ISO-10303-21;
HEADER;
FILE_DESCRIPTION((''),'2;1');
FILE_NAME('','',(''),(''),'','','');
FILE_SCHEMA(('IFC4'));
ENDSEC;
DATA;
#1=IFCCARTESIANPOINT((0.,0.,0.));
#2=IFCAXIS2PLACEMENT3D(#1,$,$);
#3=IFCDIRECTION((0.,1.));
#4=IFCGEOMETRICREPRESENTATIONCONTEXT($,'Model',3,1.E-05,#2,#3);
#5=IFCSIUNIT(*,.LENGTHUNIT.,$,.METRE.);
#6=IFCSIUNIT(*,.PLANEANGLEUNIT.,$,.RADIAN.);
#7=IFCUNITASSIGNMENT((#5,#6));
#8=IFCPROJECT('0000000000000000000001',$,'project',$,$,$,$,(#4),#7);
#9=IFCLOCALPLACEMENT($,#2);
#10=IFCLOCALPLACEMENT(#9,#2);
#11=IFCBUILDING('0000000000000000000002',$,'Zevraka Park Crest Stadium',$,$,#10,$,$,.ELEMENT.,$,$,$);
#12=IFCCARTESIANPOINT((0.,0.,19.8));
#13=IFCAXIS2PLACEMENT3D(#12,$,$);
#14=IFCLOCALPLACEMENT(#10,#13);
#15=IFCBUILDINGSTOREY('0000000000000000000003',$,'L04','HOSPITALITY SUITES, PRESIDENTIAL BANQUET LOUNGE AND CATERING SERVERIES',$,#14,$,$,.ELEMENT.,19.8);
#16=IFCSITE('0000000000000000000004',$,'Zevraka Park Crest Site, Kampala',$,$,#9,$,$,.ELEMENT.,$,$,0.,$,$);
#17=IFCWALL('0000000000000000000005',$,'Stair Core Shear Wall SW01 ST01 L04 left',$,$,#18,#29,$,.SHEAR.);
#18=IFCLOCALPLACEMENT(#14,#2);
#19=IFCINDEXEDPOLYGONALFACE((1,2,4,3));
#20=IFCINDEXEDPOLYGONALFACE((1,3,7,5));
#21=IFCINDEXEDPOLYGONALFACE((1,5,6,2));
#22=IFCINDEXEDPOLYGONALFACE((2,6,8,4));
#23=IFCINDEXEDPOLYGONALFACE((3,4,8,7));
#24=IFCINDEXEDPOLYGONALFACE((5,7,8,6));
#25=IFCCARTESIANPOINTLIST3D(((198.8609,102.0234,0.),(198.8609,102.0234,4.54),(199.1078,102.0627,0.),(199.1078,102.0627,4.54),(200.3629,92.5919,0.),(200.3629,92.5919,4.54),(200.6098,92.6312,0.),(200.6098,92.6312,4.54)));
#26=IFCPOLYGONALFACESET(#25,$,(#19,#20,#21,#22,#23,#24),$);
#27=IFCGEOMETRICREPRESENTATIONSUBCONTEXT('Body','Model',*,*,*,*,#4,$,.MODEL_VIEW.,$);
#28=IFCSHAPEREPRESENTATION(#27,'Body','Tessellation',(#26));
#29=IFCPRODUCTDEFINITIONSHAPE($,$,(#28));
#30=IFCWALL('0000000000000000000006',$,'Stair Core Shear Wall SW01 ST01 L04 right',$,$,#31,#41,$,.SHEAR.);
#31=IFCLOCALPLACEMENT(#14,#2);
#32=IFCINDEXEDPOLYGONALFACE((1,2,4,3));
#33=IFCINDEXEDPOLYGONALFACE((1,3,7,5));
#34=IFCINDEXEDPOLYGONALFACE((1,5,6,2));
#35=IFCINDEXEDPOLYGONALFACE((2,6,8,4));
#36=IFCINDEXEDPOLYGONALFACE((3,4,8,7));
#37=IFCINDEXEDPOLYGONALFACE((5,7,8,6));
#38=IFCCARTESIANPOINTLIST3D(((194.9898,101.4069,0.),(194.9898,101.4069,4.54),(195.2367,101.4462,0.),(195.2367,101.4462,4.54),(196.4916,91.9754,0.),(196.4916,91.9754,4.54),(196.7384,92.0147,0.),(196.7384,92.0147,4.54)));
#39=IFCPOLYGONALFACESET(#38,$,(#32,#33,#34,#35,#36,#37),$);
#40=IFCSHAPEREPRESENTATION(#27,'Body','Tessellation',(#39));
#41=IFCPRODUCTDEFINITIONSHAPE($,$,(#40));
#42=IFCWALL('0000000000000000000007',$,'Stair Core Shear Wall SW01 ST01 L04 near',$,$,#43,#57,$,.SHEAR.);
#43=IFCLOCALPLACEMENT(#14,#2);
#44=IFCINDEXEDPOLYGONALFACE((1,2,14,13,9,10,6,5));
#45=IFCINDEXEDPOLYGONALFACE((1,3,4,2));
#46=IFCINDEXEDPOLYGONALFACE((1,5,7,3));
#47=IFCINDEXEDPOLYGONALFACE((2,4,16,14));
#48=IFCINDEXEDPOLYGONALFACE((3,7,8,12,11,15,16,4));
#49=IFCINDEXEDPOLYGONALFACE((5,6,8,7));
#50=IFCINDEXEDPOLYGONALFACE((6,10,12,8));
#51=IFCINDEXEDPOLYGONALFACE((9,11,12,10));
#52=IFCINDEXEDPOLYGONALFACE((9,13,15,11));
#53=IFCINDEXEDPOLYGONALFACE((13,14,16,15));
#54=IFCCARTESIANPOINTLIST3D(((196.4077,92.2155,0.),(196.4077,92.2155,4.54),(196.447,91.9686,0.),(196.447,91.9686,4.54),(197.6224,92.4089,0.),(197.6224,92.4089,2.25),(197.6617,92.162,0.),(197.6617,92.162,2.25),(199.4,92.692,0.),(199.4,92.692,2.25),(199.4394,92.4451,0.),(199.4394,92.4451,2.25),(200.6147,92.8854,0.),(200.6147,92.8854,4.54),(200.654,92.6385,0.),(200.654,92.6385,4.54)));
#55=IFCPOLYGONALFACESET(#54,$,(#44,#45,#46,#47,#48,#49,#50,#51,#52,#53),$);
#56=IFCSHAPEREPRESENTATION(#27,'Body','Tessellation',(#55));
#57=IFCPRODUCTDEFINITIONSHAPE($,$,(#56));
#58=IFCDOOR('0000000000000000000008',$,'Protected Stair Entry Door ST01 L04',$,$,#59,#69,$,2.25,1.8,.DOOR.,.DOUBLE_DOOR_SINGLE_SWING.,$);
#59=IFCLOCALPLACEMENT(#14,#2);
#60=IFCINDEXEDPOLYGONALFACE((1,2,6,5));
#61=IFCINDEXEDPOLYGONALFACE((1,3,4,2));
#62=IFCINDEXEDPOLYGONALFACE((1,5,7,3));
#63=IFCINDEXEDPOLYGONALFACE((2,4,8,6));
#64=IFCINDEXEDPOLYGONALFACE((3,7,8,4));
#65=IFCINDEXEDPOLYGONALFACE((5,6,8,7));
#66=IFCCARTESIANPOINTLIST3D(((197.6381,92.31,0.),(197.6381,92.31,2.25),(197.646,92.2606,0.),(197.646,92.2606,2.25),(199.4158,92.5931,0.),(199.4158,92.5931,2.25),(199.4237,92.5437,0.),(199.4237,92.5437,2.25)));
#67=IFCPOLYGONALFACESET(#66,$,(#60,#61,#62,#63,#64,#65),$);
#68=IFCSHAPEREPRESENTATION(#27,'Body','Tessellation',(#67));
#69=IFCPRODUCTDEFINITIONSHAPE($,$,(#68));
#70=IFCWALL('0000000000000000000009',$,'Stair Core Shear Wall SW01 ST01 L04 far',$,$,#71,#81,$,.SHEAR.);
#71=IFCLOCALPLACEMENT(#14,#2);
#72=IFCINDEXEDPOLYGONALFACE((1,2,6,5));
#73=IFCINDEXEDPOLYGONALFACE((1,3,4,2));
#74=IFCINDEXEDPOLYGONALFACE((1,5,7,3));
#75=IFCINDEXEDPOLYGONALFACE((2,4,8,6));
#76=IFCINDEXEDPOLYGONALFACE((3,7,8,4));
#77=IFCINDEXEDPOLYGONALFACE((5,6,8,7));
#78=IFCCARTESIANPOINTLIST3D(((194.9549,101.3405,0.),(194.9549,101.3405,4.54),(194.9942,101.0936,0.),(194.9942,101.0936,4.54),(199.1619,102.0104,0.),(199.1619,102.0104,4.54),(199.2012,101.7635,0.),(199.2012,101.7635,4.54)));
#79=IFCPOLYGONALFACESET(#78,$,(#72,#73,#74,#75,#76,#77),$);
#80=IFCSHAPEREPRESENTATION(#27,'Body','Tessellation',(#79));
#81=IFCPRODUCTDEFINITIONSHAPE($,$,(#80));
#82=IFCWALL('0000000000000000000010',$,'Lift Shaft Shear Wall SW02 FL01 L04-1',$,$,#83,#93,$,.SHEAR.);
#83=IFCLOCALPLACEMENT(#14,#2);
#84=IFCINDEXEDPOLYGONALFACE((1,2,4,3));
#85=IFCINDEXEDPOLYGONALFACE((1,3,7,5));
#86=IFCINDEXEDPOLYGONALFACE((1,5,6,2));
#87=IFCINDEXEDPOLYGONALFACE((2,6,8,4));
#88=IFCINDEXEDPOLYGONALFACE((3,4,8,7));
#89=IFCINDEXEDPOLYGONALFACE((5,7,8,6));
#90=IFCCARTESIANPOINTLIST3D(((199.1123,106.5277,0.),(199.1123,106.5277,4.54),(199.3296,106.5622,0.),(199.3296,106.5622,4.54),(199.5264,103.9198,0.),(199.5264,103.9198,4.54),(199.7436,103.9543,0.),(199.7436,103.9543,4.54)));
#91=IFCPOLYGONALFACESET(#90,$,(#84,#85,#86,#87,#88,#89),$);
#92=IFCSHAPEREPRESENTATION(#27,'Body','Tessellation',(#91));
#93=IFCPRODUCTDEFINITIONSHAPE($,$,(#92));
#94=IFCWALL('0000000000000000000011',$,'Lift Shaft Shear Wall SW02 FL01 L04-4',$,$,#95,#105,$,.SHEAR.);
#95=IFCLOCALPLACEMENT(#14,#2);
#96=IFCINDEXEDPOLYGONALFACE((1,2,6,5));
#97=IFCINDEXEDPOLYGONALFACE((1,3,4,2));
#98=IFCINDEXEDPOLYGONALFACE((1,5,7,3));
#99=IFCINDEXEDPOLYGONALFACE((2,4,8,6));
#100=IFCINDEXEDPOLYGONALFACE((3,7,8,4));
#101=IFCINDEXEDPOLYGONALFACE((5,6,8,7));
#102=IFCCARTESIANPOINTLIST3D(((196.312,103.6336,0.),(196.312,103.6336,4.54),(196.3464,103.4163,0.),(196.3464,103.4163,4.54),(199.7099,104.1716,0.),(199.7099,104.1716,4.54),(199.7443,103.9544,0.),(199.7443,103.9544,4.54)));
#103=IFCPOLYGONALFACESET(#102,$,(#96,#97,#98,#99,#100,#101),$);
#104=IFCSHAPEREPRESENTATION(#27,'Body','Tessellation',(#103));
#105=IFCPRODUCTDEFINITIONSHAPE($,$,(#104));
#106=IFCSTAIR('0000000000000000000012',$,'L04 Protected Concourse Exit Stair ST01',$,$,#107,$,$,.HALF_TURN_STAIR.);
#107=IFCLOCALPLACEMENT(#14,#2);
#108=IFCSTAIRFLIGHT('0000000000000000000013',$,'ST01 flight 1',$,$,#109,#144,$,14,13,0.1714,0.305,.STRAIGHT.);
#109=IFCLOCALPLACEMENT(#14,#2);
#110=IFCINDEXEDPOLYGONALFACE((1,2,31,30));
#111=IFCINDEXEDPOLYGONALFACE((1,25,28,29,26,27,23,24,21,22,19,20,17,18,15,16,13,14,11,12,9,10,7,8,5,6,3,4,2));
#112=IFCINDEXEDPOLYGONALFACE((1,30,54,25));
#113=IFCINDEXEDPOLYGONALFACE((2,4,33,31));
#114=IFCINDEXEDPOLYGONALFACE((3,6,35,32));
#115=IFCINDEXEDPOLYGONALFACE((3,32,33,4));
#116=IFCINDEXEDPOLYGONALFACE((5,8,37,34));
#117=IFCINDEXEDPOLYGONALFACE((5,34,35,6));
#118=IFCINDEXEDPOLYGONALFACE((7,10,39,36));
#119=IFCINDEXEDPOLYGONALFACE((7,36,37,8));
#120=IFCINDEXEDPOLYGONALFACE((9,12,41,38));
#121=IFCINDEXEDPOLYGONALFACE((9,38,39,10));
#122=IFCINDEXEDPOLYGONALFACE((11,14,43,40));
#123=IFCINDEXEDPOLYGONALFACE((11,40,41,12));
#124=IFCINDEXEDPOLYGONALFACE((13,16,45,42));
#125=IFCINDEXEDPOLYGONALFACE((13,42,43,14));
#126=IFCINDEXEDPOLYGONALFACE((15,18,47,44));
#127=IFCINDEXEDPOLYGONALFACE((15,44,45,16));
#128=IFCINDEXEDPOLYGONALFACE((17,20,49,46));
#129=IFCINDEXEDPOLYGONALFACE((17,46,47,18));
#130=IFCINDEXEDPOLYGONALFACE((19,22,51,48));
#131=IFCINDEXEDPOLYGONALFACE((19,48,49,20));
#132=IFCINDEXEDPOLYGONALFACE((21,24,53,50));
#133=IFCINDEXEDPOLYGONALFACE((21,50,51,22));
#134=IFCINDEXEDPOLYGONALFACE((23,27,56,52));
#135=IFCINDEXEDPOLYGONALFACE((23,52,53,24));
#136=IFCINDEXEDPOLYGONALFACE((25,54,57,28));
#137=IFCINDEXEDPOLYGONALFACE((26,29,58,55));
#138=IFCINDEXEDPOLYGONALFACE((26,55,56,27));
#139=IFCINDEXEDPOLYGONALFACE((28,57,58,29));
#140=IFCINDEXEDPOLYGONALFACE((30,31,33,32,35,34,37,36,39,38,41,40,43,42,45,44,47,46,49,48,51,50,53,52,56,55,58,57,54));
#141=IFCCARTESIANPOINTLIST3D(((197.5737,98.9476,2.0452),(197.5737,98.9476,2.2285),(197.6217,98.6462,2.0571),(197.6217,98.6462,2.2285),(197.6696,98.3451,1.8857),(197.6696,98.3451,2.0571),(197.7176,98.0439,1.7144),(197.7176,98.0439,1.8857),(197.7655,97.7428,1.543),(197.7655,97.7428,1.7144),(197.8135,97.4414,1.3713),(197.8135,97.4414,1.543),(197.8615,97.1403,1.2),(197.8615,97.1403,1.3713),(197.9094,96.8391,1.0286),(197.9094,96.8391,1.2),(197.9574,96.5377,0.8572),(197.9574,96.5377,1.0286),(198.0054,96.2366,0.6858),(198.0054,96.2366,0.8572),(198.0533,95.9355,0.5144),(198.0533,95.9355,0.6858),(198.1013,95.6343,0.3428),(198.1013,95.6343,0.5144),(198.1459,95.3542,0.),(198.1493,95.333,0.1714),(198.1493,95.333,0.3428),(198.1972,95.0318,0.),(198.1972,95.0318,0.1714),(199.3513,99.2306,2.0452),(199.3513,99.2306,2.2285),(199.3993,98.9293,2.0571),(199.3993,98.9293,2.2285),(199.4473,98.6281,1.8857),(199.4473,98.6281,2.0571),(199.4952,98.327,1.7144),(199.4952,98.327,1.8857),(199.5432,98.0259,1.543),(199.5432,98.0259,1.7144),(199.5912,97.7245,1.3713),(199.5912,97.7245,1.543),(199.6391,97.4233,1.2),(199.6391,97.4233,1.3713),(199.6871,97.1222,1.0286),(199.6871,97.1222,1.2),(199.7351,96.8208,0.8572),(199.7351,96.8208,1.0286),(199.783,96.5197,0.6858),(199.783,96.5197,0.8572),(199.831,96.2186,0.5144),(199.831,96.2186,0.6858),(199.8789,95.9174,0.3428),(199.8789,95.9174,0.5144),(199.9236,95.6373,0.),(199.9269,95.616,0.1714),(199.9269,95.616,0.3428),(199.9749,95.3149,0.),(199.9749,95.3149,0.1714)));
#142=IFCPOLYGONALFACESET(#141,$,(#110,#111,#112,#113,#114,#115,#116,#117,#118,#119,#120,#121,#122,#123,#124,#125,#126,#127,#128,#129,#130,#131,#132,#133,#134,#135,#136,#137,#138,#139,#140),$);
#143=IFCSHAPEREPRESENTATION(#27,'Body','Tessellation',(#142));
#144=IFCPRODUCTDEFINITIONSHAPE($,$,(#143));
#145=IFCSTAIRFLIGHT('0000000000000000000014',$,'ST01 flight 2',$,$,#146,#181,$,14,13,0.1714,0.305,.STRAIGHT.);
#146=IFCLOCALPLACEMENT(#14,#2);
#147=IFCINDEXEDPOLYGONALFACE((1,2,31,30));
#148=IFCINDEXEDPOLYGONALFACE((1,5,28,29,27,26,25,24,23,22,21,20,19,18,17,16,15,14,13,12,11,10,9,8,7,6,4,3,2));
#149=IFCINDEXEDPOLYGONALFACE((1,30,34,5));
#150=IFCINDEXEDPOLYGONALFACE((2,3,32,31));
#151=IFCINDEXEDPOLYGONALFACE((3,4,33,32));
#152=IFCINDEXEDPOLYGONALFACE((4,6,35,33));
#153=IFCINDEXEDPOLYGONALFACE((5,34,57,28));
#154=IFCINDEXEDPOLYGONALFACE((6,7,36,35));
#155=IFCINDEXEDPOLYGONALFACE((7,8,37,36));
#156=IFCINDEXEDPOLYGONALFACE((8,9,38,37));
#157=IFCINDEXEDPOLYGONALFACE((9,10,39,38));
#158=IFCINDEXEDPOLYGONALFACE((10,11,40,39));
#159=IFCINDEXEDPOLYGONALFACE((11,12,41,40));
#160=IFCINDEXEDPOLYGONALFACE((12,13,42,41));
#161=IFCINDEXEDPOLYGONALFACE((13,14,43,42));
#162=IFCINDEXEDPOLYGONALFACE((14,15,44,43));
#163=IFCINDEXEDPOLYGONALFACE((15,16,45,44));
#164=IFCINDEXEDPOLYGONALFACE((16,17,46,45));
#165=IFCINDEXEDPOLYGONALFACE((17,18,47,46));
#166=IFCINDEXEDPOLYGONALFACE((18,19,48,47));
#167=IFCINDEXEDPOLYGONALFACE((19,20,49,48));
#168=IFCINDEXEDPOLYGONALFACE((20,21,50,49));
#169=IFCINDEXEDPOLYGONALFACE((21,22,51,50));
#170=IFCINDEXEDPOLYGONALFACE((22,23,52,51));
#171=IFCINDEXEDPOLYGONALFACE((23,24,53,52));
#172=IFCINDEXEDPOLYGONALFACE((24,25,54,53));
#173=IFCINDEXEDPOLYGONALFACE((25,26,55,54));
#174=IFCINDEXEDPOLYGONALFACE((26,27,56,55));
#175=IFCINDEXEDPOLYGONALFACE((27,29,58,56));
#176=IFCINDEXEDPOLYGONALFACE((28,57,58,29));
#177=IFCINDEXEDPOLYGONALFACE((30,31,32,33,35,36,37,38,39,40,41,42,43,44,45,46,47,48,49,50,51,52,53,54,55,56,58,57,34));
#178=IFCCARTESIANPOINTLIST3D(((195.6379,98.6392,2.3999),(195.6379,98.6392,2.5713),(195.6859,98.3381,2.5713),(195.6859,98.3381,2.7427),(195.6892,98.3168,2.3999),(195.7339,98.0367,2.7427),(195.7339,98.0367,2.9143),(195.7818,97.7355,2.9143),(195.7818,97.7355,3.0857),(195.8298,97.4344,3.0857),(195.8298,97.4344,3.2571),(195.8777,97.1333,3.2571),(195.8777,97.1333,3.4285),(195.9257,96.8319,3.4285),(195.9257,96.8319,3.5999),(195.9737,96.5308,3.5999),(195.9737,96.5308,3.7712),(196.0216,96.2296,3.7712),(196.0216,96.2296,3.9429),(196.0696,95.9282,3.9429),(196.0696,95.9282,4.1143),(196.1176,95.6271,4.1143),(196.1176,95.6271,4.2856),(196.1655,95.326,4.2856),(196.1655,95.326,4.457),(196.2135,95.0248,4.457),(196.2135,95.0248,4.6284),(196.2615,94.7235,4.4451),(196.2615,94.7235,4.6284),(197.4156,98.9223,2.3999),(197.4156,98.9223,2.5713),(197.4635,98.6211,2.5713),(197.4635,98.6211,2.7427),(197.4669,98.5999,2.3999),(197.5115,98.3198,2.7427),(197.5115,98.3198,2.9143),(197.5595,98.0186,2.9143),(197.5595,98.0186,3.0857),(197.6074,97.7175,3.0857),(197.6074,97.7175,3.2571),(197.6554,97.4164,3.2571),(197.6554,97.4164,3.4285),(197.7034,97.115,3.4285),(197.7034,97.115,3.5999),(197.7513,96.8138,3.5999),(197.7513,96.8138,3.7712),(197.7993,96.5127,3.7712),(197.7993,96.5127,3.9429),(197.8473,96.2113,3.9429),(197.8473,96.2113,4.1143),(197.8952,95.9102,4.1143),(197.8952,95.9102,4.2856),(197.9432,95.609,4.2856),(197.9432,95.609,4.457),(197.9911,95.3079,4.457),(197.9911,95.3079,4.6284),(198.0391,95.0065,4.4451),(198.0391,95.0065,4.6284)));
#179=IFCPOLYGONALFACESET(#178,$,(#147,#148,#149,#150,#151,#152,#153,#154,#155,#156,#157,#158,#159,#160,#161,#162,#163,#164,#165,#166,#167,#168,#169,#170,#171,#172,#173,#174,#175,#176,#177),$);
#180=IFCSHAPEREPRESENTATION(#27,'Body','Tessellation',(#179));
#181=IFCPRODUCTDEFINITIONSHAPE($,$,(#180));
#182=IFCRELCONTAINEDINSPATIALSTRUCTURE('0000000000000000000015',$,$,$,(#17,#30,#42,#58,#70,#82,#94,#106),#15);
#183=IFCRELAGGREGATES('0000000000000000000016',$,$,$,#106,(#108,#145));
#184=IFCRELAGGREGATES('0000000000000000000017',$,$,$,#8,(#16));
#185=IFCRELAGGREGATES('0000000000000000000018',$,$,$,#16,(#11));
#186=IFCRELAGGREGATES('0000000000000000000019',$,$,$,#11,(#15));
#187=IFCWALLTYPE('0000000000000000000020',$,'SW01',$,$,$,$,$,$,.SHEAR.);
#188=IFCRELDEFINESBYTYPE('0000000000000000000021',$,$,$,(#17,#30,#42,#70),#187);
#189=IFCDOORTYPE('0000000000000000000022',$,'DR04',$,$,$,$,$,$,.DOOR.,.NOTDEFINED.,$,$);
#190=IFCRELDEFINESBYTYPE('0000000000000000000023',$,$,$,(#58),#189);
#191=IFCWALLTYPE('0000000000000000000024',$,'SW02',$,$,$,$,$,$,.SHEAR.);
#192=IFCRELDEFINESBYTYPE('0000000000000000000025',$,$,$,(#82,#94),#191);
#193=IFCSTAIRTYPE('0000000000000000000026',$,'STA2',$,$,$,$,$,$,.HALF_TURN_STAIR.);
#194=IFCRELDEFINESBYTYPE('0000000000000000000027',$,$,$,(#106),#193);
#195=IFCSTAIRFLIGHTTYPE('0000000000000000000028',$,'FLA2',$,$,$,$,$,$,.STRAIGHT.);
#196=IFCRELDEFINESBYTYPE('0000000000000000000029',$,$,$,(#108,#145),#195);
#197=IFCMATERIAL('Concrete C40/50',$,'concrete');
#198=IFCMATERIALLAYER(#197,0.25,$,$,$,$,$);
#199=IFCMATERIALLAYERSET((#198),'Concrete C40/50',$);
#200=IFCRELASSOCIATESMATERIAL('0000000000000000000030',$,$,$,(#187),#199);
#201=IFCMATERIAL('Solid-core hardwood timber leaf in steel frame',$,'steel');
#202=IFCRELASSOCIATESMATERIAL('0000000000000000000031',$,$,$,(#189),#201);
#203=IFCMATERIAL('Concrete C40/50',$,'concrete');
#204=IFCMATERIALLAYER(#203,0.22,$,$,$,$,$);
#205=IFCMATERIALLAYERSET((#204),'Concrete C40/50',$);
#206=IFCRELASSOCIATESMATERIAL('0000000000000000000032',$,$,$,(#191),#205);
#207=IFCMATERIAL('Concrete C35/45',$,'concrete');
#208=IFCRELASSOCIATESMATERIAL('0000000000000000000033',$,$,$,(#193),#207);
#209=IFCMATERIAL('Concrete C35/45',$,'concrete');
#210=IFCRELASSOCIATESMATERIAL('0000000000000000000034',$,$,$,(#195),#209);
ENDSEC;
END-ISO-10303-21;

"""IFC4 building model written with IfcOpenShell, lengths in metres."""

from ifc_helpers import new_model, si_unit, direction, frame, frame_2d, origin, place, context, subcontext, project, spatial, polyline, rectangle, outline, extrude, material, layer, layer_set, type_object, element, fill, aggregate, save


model = new_model("IFC4")

# Units and contexts
model_context = context("Model", 3, precision=1e-05, world=origin(), true_north=direction((0.0, 1.0)))
body_context = subcontext(model_context, "Body", "Model", "MODEL_VIEW")
ifc_project = project(units=[si_unit("LENGTHUNIT", "METRE"), si_unit("PLANEANGLEUNIT", "RADIAN")], contexts=[model_context])

# Site, building, storey
site_placement = place(None, origin())
site = spatial("IfcSite", under=ifc_project, at=site_placement, Name="Zevraka Park Crest Site, Kampala", CompositionType="ELEMENT", RefElevation=0.0)
building_placement = place(site_placement, origin())
building = spatial("IfcBuilding", under=site, at=building_placement, Name="Zevraka Park Crest Stadium", CompositionType="ELEMENT")
storey_placement = place(building_placement, frame((0.0, 0.0, 19.8)))
storey = spatial("IfcBuildingStorey", under=building, at=storey_placement, Name="L04", Description="HOSPITALITY SUITES, PRESIDENTIAL BANQUET LOUNGE AND CATERING SERVERIES", CompositionType="ELEMENT", Elevation=19.8)

# Walls
ifc_material_1 = material(Name="Concrete C40/50", Category="concrete")
ifc_layer_1 = layer(ifc_material_1, 0.25)
ifc_layer_set_1 = layer_set([ifc_layer_1], Name="Concrete C40/50")
wall_type_1 = type_object("IfcWallType", Name="SW01", PredefinedType="SHEAR", material=ifc_layer_set_1)
for number, where, z_axis, x_axis, name in (
    (1, (200.4863, 92.6116, 0.0), (0.0, 0.0, 1.0), (-0.157269, 0.987556, 0.0), "Stair Core Shear Wall SW01 ST01 L04 left"),
    (2, (195.1133, 101.4265, 0.0), (0.0, 0.0, 1.0), (0.157244, -0.98756, 0.0), "Stair Core Shear Wall SW01 ST01 L04 right"),
):
    element("IfcWall", number, at=place(storey_placement, frame(where, z_axis=z_axis, x_axis=x_axis)), inside=storey, type_object=wall_type_1, Name=name, PredefinedType="SHEAR", context=body_context, shape_type="SweptSolid", body=[
        extrude(rectangle(XDim=9.5503, YDim=0.25, at=frame_2d((4.7751, 0.0))), origin(), (0.0, 0.0, 1.0), 4.54),
    ])

# Wall, opening, door
wall_1_placement = place(storey_placement, frame((196.4275, 92.092, 0.0), z_axis=(0.0, 0.0, 1.0), x_axis=(0.987558, 0.157257, 0.0)))
wall_1 = element("IfcWall", 3, at=wall_1_placement, inside=storey, type_object=wall_type_1, Name="Stair Core Shear Wall SW01 ST01 L04 near", PredefinedType="SHEAR", context=body_context, shape_type="SweptSolid", body=[
    extrude(rectangle(XDim=4.26, YDim=0.25, at=frame_2d((2.1299, 0.0))), origin(), (0.0, 0.0, 1.0), 4.54),
])
opening_placement = place(wall_1_placement, frame((1.23, 0.0, 0.0)))
opening = element("IfcOpeningElement", 4, at=opening_placement, cuts=wall_1, PredefinedType="OPENING", context=body_context, shape_type="SweptSolid", body=[
    extrude(rectangle(XDim=1.8, YDim=2.25, at=frame_2d((0.8999, 1.125))), frame((0.0, 0.135, 0.0), z_axis=(0.0, -1.0, 0.0), x_axis=(1.0, 0.0, 0.0)), (0.0, 0.0, 1.0), 0.27),
])
ifc_material_2 = material(Name="Solid-core hardwood timber leaf in steel frame", Category="steel")
door_type = type_object("IfcDoorType", Name="DR04", OperationType="NOTDEFINED", PredefinedType="DOOR", material=ifc_material_2)
door_placement = place(opening_placement, origin())
door = element("IfcDoor", 5, at=door_placement, inside=storey, type_object=door_type, Name="Protected Stair Entry Door ST01 L04", OperationType="DOUBLE_DOOR_SINGLE_SWING", OverallHeight=2.25, OverallWidth=1.8, PredefinedType="DOOR", context=body_context, shape_type="SweptSolid", body=[
    extrude(rectangle(XDim=1.8, YDim=2.25, at=frame_2d((0.8999, 1.125))), frame((0.0, 0.0249, 0.0), z_axis=(0.0, -1.0, 0.0), x_axis=(1.0, 0.0, 0.0)), (0.0, 0.0, 1.0), 0.05),
])
fill(opening, door)

# Walls
wall_2_placement = place(storey_placement, frame((199.1814, 101.887, 0.0), z_axis=(0.0, 0.0, 1.0), x_axis=(-0.987558, -0.157257, 0.0)))
element("IfcWall", 6, at=wall_2_placement, inside=storey, type_object=wall_type_1, Name="Stair Core Shear Wall SW01 ST01 L04 far", PredefinedType="SHEAR", context=body_context, shape_type="SweptSolid", body=[
    extrude(rectangle(XDim=4.26, YDim=0.25, at=frame_2d((2.1299, 0.0))), origin(), (0.0, 0.0, 1.0), 4.54),
])
ifc_material_3 = material(Name="Concrete C40/50", Category="concrete")
ifc_layer_2 = layer(ifc_material_3, 0.22)
ifc_layer_set_2 = layer_set([ifc_layer_2], Name="Concrete C40/50")
wall_type_2 = type_object("IfcWallType", Name="SW02", PredefinedType="SHEAR", material=ifc_layer_set_2)
wall_3_placement = place(storey_placement, frame((199.635, 103.937, 0.0), z_axis=(0.0, 0.0, 1.0), x_axis=(-0.156808, 0.987629, 0.0)))
element("IfcWall", 7, at=wall_3_placement, inside=storey, type_object=wall_type_2, Name="Lift Shaft Shear Wall SW02 FL01 L04-1", PredefinedType="SHEAR", context=body_context, shape_type="SweptSolid", body=[
    extrude(rectangle(XDim=2.6406, YDim=0.22, at=frame_2d((1.3203, 0.0))), origin(), (0.0, 0.0, 1.0), 4.54),
])
wall_4_placement = place(storey_placement, frame((196.3291, 103.5249, 0.0), z_axis=(0.0, 0.0, 1.0), x_axis=(0.987693, 0.156407, 0.0)))
element("IfcWall", 8, at=wall_4_placement, inside=storey, type_object=wall_type_2, Name="Lift Shaft Shear Wall SW02 FL01 L04-4", PredefinedType="SHEAR", context=body_context, shape_type="SweptSolid", body=[
    extrude(rectangle(XDim=3.4402, YDim=0.22, at=frame_2d((1.7202, 0.0))), origin(), (0.0, 0.0, 1.0), 4.54),
])

# Stair, stair flights
ifc_material_4 = material(Name="Concrete C35/45", Category="concrete")
stair_type = type_object("IfcStairType", Name="STA2", PredefinedType="HALF_TURN_STAIR", material=ifc_material_4)
stair_placement = place(storey_placement, origin())
stair = element("IfcStair", 9, at=stair_placement, inside=storey, type_object=stair_type, Name="L04 Protected Concourse Exit Stair ST01", PredefinedType="HALF_TURN_STAIR")
ifc_material_5 = material(Name="Concrete C35/45", Category="concrete")
stair_flight_type = type_object("IfcStairFlightType", Name="FLA2", PredefinedType="STRAIGHT", material=ifc_material_5)
stair_flight_1_placement = place(storey_placement, frame((199.0859, 95.1733, 0.0), z_axis=(0.0, 0.0, 1.0), x_axis=(-0.157262, 0.987557, 0.0)))
stair_flight_1 = element("IfcStairFlight", 10, at=stair_flight_1_placement, type_object=stair_flight_type, Name="ST01 flight 1", NumberOfRisers=14, NumberOfTreads=13, PredefinedType="STRAIGHT", RiserHeight=0.1714, TreadLength=0.305, context=body_context, shape_type="SweptSolid", body=[
    extrude(outline(polyline([(0.0, 0.0), (0.0, 0.1714), (0.3049, 0.1714), (0.3049, 0.3428), (0.6101, 0.3428), (0.6101, 0.5144), (0.915, 0.5144), (0.915, 0.6858), (1.22, 0.6858), (1.22, 0.8572), (1.5249, 0.8572), (1.5249, 1.0286), (1.8301, 1.0286), (1.8301, 1.2), (2.135, 1.2), (2.135, 1.3713), (2.4399, 1.3713), (2.4399, 1.543), (2.7451, 1.543), (2.7451, 1.7144), (3.05, 1.7144), (3.05, 1.8857), (3.355, 1.8857), (3.355, 2.0571), (3.6599, 2.0571), (3.6599, 2.2285), (3.9651, 2.2285), (3.9651, 2.3999), (3.9651, 2.0452), (0.3264, 0.0), (0.0, 0.0)])), frame((0.0, 0.8999, 0.0), z_axis=(0.0, -1.0, 0.0), x_axis=(1.0, 0.0, 0.0)), (0.0, 0.0, 1.0), 1.8),
])
stair_flight_2_placement = place(storey_placement, frame((196.5269, 98.7808, 2.3999), z_axis=(0.0, 0.0, 1.0), x_axis=(0.157262, -0.987557, 0.0)))
stair_flight_2 = element("IfcStairFlight", 11, at=stair_flight_2_placement, type_object=stair_flight_type, Name="ST01 flight 2", NumberOfRisers=14, NumberOfTreads=13, PredefinedType="STRAIGHT", RiserHeight=0.1714, TreadLength=0.305, context=body_context, shape_type="SweptSolid", body=[
    extrude(outline(polyline([(0.0, 0.0), (0.0, 0.1714), (0.3049, 0.1714), (0.3049, 0.3428), (0.6101, 0.3428), (0.6101, 0.5144), (0.915, 0.5144), (0.915, 0.6858), (1.22, 0.6858), (1.22, 0.8572), (1.5249, 0.8572), (1.5249, 1.0286), (1.8301, 1.0286), (1.8301, 1.2), (2.135, 1.2), (2.135, 1.3713), (2.4399, 1.3713), (2.4399, 1.543), (2.7451, 1.543), (2.7451, 1.7144), (3.05, 1.7144), (3.05, 1.8857), (3.355, 1.8857), (3.355, 2.0571), (3.6599, 2.0571), (3.6599, 2.2285), (3.9651, 2.2285), (3.9651, 2.3999), (3.9651, 2.0452), (0.3264, 0.0), (0.0, 0.0)])), frame((0.0, 0.8999, 0.0), z_axis=(0.0, -1.0, 0.0), x_axis=(1.0, 0.0, 0.0)), (0.0, 0.0, 1.0), 1.8),
])
aggregate(stair, [stair_flight_1, stair_flight_2])

save(model, "model.ifc")
